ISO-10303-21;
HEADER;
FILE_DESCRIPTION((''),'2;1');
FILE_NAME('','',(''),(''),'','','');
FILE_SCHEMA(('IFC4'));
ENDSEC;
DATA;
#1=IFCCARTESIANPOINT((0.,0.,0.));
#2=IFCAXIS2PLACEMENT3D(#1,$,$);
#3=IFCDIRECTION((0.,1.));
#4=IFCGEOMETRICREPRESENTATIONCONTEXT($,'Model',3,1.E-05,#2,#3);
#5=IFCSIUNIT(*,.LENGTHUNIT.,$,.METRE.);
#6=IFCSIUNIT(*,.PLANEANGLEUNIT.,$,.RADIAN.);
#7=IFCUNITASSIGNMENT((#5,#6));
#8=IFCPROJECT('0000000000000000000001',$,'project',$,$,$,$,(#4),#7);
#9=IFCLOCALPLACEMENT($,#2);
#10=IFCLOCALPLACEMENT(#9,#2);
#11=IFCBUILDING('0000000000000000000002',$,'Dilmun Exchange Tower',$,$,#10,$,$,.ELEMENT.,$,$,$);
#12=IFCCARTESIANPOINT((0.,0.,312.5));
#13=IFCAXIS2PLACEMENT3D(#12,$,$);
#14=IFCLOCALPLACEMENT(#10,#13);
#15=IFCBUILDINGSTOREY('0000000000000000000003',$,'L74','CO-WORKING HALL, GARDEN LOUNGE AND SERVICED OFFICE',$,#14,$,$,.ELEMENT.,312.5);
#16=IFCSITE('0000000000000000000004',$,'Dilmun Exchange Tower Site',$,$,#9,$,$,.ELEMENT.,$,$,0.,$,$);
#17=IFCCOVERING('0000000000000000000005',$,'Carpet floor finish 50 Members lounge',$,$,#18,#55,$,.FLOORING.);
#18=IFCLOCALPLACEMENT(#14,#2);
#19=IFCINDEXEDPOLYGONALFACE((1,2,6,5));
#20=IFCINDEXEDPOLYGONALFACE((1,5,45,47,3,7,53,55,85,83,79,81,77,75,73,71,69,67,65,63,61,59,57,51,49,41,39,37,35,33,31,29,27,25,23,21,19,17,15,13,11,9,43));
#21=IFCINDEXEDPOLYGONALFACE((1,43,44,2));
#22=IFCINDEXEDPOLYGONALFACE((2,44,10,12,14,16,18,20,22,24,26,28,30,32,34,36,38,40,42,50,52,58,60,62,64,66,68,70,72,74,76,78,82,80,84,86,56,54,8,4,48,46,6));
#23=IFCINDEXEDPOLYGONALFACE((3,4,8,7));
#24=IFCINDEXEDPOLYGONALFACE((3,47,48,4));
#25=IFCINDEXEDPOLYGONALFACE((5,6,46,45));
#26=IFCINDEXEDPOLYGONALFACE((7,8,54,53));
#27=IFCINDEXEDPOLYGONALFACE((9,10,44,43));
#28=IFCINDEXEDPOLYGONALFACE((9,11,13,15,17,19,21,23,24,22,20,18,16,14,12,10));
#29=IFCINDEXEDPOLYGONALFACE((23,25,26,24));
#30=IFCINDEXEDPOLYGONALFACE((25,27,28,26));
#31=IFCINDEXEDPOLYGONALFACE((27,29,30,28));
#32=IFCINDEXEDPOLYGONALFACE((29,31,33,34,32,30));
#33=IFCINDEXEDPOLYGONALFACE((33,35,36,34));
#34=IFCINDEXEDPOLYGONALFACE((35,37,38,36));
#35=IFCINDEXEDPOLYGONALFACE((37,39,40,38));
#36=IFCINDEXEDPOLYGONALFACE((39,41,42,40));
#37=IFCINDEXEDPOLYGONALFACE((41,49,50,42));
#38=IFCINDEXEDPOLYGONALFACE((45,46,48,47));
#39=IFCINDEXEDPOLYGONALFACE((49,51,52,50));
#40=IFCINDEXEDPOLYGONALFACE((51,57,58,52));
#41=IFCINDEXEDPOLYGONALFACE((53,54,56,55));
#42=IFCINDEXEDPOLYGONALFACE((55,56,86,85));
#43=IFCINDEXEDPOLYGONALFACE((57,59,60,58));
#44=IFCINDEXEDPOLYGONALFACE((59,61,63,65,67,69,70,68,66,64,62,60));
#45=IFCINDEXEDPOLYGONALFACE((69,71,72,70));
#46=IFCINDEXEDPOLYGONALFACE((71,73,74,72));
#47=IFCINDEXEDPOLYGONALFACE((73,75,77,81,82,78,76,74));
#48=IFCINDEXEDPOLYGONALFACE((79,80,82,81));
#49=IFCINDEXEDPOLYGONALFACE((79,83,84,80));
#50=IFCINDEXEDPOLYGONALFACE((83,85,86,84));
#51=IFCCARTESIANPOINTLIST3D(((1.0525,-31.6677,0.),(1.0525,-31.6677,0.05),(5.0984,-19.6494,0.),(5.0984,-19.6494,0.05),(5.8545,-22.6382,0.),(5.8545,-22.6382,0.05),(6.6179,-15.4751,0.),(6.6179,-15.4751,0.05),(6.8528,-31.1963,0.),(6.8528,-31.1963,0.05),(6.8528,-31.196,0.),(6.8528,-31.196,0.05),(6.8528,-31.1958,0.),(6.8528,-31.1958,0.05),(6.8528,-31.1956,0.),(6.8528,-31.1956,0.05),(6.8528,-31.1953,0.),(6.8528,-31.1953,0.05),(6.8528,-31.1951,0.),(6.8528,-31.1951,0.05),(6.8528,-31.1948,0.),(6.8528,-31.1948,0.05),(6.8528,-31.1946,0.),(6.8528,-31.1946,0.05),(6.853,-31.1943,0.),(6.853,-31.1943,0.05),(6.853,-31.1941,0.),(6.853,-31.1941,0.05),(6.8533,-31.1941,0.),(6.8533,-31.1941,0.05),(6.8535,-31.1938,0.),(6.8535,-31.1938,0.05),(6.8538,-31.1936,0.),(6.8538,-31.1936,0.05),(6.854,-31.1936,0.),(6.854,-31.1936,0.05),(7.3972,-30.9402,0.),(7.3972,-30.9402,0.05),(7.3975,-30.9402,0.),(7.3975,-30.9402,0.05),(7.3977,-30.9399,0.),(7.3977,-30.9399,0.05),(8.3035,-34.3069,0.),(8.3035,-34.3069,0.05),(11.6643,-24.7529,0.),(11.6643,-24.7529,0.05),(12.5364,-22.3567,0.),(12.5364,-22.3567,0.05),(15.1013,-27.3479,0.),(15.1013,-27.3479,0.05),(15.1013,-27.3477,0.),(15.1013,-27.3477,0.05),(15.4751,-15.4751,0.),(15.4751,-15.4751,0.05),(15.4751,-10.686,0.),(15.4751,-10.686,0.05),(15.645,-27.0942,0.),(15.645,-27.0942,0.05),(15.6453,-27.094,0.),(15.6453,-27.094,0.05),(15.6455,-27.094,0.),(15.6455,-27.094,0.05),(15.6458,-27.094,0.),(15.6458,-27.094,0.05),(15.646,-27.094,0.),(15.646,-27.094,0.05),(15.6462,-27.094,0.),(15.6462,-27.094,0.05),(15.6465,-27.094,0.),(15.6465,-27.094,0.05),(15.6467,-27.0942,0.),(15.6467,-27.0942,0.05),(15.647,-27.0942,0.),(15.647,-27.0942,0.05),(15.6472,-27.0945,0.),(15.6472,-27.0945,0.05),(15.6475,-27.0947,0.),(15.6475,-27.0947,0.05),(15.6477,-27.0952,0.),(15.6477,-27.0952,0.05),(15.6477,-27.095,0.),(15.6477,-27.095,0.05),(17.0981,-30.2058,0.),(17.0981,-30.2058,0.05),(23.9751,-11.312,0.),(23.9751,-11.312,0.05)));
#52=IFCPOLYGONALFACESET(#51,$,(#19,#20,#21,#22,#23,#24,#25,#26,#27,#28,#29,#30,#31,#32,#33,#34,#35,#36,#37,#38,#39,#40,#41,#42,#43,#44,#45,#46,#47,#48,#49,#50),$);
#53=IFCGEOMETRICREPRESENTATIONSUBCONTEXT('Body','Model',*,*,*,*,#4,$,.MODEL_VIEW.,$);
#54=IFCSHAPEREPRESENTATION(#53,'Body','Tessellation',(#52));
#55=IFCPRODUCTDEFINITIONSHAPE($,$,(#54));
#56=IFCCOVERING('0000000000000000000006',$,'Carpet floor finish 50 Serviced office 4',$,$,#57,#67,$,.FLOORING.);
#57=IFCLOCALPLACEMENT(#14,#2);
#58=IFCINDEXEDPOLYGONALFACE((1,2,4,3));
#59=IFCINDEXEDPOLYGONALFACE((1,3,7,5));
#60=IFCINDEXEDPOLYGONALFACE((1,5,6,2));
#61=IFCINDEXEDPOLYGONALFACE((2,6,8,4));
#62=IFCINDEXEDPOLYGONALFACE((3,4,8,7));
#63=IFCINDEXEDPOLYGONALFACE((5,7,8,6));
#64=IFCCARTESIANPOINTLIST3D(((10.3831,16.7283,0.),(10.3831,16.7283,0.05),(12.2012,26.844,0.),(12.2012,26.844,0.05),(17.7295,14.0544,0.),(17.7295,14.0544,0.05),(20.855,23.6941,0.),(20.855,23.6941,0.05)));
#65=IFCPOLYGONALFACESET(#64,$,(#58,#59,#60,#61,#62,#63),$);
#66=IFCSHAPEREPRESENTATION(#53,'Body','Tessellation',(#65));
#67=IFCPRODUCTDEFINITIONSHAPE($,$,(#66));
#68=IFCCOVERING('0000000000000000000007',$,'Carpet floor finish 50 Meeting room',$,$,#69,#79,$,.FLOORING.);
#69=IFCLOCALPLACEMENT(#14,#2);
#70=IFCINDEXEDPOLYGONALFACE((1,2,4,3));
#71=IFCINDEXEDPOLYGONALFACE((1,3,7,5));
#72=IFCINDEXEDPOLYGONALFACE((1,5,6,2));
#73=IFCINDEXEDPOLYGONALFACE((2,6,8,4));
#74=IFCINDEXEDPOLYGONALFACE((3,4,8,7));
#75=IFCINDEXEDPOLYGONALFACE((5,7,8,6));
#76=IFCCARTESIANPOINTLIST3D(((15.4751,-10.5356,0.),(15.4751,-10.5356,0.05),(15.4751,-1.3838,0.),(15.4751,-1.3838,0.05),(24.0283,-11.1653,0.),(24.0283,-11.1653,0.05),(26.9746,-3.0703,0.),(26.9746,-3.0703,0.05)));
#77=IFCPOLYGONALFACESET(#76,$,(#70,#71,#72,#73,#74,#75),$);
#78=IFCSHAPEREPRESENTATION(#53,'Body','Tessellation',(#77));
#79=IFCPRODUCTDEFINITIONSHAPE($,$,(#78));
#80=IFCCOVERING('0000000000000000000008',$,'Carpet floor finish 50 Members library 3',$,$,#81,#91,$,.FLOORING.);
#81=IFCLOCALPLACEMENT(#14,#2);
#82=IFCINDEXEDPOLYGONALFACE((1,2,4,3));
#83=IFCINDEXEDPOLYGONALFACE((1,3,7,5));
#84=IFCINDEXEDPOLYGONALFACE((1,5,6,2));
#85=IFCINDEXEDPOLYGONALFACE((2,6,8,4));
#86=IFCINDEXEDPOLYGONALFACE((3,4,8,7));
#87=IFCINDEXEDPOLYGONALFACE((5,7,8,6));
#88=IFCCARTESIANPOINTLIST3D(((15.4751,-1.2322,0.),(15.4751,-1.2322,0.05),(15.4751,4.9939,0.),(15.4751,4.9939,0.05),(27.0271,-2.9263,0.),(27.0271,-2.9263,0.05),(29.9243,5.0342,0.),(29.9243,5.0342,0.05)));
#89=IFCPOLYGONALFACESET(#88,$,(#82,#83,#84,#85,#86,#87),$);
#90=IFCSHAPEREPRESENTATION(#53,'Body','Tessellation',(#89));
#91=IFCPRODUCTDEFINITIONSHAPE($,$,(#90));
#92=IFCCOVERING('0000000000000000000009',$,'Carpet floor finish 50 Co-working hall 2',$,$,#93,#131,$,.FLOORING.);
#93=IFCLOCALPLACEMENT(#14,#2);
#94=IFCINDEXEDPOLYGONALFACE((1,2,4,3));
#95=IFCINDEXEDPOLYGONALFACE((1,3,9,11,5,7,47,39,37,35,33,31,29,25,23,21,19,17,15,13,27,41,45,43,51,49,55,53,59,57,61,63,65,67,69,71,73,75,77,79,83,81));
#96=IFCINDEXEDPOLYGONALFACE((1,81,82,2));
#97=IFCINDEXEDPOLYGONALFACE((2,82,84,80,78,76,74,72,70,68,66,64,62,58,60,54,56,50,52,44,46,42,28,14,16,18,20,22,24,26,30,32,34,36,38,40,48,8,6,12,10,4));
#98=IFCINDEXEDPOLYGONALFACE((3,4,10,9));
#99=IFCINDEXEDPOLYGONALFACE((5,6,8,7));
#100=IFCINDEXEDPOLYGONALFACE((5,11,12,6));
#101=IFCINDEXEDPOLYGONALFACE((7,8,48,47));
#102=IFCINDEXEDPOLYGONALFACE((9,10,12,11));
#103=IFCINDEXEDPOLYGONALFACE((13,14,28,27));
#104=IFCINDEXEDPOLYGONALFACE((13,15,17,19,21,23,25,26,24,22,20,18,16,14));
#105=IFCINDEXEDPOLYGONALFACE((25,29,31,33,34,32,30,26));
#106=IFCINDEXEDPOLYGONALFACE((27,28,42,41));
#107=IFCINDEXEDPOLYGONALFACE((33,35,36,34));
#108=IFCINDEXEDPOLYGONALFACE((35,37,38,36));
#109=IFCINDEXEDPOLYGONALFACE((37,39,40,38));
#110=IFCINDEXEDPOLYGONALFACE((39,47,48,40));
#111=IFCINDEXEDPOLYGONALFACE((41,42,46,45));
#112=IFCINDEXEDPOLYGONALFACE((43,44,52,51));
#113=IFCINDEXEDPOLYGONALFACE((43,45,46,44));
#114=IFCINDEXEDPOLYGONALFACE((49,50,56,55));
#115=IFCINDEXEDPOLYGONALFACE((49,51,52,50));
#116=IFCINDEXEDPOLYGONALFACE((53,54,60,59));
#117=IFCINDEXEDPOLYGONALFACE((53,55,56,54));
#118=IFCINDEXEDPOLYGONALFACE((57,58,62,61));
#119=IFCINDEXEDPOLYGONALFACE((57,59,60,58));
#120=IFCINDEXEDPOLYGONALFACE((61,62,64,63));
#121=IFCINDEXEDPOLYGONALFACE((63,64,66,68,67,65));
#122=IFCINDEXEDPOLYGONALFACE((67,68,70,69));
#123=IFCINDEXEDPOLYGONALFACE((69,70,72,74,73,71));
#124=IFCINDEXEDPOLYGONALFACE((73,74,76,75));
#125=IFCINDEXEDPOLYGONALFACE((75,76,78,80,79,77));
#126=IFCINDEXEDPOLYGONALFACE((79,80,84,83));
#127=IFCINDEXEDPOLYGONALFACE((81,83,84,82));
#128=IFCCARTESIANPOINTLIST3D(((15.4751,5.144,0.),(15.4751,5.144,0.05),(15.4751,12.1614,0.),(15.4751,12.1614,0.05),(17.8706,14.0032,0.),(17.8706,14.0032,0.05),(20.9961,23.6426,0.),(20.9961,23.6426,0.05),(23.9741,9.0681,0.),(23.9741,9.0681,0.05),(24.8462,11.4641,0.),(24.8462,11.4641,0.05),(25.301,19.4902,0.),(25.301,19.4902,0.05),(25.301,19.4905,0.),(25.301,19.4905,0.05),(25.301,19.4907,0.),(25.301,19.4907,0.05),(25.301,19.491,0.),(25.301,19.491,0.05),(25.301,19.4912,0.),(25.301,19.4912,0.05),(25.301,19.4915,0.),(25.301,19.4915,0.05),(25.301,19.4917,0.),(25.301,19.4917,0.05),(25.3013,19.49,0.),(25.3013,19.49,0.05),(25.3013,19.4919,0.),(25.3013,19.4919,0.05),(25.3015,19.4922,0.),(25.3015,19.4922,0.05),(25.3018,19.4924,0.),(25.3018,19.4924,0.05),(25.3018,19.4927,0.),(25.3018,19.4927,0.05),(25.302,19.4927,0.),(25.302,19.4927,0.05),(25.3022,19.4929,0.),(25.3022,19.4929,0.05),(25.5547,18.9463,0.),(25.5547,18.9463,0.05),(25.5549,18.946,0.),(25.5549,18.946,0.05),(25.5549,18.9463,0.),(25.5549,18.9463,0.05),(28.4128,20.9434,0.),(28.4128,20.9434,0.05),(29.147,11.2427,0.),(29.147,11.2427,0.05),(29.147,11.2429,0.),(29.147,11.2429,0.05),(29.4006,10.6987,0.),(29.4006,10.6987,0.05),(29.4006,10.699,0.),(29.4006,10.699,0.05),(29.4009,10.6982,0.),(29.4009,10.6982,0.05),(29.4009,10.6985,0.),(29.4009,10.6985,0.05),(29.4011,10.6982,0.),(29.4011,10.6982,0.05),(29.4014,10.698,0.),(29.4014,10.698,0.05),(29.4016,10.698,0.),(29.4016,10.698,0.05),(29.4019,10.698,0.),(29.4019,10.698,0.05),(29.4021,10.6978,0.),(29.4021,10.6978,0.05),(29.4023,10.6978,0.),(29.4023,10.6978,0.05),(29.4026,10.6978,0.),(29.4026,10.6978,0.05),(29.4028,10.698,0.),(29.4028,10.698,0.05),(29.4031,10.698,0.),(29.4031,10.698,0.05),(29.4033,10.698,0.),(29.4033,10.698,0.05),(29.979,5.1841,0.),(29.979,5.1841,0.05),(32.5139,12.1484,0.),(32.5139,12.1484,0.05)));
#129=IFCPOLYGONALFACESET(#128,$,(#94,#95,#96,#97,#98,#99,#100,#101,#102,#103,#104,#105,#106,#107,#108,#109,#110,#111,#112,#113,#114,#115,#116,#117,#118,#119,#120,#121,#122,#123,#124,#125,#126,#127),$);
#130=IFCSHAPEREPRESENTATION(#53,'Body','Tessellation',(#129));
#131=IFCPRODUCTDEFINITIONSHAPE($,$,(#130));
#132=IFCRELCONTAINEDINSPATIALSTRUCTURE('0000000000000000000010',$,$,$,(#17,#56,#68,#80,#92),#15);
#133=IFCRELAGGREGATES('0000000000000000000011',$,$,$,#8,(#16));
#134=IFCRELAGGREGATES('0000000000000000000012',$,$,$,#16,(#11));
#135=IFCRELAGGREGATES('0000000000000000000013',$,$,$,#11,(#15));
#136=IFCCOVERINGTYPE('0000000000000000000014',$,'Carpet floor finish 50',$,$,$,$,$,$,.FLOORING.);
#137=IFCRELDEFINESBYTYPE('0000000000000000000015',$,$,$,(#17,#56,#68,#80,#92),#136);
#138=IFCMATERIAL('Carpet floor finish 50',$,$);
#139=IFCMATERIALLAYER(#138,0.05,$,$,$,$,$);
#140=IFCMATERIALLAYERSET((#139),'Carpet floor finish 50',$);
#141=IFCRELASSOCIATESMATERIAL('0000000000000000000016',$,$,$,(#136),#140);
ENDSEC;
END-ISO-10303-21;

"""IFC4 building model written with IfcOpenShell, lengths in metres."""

from ifc_helpers import new_model, si_unit, direction, frame, origin, place, context, subcontext, project, spatial, polyline, outline, extrude, material, layer, layer_set, type_object, element, save


model = new_model("IFC4")

# Units and contexts
model_context = context("Model", 3, precision=1e-05, world=origin(), true_north=direction((0.0, 1.0)))
body_context = subcontext(model_context, "Body", "Model", "MODEL_VIEW")
ifc_project = project(units=[si_unit("LENGTHUNIT", "METRE"), si_unit("PLANEANGLEUNIT", "RADIAN")], contexts=[model_context])

# Site, building, storey
site_placement = place(None, origin())
site = spatial("IfcSite", under=ifc_project, at=site_placement, Name="Dilmun Exchange Tower Site", CompositionType="ELEMENT", RefElevation=0.0)
building_placement = place(site_placement, origin())
building = spatial("IfcBuilding", under=site, at=building_placement, Name="Dilmun Exchange Tower", CompositionType="ELEMENT")
storey_placement = place(building_placement, frame((0.0, 0.0, 312.5)))
storey = spatial("IfcBuildingStorey", under=building, at=storey_placement, Name="L74", Description="CO-WORKING HALL, GARDEN LOUNGE AND SERVICED OFFICE", CompositionType="ELEMENT", Elevation=312.5)

# Coverings
ifc_material_1 = material(Name="Carpet floor finish 50")
ifc_layer_1 = layer(ifc_material_1, 0.05)
ifc_layer_set_1 = layer_set([ifc_layer_1], Name="Carpet floor finish 50")
covering_type = type_object("IfcCoveringType", Name="Carpet floor finish 50", PredefinedType="FLOORING", material=ifc_layer_set_1)
covering_1_placement = place(storey_placement, origin())
element("IfcCovering", 1, at=covering_1_placement, inside=storey, type_object=covering_type, Name="Carpet floor finish 50 Members lounge", PredefinedType="FLOORING", context=body_context, shape_type="SweptSolid", body=[
    extrude(outline(polyline([(5.8545, -22.6382), (11.6643, -24.7529), (12.5364, -22.3567), (5.0984, -19.6494), (6.6179, -15.4751), (15.4751, -15.4751), (15.4751, -10.686), (23.9751, -11.312), (17.0981, -30.2058), (15.6477, -27.0952), (15.6477, -27.095), (15.6475, -27.0947), (15.6475, -27.0947), (15.6472, -27.0945), (15.6472, -27.0945), (15.647, -27.0942), (15.6467, -27.0942), (15.6465, -27.094), (15.6465, -27.094), (15.6462, -27.094), (15.646, -27.094), (15.6458, -27.094), (15.6455, -27.094), (15.6455, -27.094), (15.6453, -27.094), (15.645, -27.0942), (15.1013, -27.3477), (15.1013, -27.3477), (15.1013, -27.3479), (7.3977, -30.9399), (7.3975, -30.9402), (7.3972, -30.9402), (7.3972, -30.9402), (6.854, -31.1936), (6.8538, -31.1936), (6.8535, -31.1938), (6.8535, -31.1938), (6.8533, -31.1941), (6.853, -31.1941), (6.853, -31.1943), (6.8528, -31.1946), (6.8528, -31.1946), (6.8528, -31.1948), (6.8528, -31.1951), (6.8528, -31.1953), (6.8528, -31.1956), (6.8528, -31.1958), (6.8528, -31.1958), (6.8528, -31.196), (6.8528, -31.1963), (8.3035, -34.3069), (1.0525, -31.6677), (5.8545, -22.6382)])), origin(), (0.0, 0.0, 1.0), 0.05),
])
covering_2_placement = place(storey_placement, origin())
element("IfcCovering", 2, at=covering_2_placement, inside=storey, type_object=covering_type, Name="Carpet floor finish 50 Serviced office 4", PredefinedType="FLOORING", context=body_context, shape_type="SweptSolid", body=[
    extrude(outline(polyline([(10.3831, 16.7283), (12.2012, 26.844), (20.855, 23.6941), (17.7295, 14.0544), (10.3831, 16.7283)])), origin(), (0.0, 0.0, 1.0), 0.05),
])
covering_3_placement = place(storey_placement, origin())
element("IfcCovering", 3, at=covering_3_placement, inside=storey, type_object=covering_type, Name="Carpet floor finish 50 Meeting room", PredefinedType="FLOORING", context=body_context, shape_type="SweptSolid", body=[
    extrude(outline(polyline([(15.4751, -1.3838), (26.9746, -3.0703), (24.0283, -11.1653), (15.4751, -10.5356), (15.4751, -1.3838)])), origin(), (0.0, 0.0, 1.0), 0.05),
])
covering_4_placement = place(storey_placement, origin())
element("IfcCovering", 4, at=covering_4_placement, inside=storey, type_object=covering_type, Name="Carpet floor finish 50 Members library 3", PredefinedType="FLOORING", context=body_context, shape_type="SweptSolid", body=[
    extrude(outline(polyline([(29.9243, 5.0342), (27.0271, -2.9263), (15.4751, -1.2322), (15.4751, 4.9939), (29.9243, 5.0342)])), origin(), (0.0, 0.0, 1.0), 0.05),
])
covering_5_placement = place(storey_placement, origin())
element("IfcCovering", 5, at=covering_5_placement, inside=storey, type_object=covering_type, Name="Carpet floor finish 50 Co-working hall 2", PredefinedType="FLOORING", context=body_context, shape_type="SweptSolid", body=[
    extrude(outline(polyline([(15.4751, 5.144), (15.4751, 12.1614), (23.9741, 9.0681), (24.8462, 11.4641), (17.8706, 14.0032), (20.9961, 23.6426), (28.4128, 20.9434), (25.3022, 19.4929), (25.302, 19.4927), (25.3018, 19.4927), (25.3018, 19.4924), (25.3015, 19.4922), (25.3015, 19.4922), (25.3013, 19.4919), (25.3013, 19.4919), (25.301, 19.4917), (25.301, 19.4915), (25.301, 19.4912), (25.301, 19.4912), (25.301, 19.491), (25.301, 19.4907), (25.301, 19.4905), (25.301, 19.4902), (25.3013, 19.49), (25.5547, 18.9463), (25.5549, 18.9463), (25.5549, 18.946), (29.147, 11.2429), (29.147, 11.2427), (29.4006, 10.699), (29.4006, 10.6987), (29.4009, 10.6985), (29.4009, 10.6985), (29.4009, 10.6982), (29.4011, 10.6982), (29.4014, 10.698), (29.4016, 10.698), (29.4016, 10.698), (29.4019, 10.698), (29.4021, 10.6978), (29.4023, 10.6978), (29.4026, 10.6978), (29.4026, 10.6978), (29.4028, 10.698), (29.4031, 10.698), (29.4033, 10.698), (32.5139, 12.1484), (29.979, 5.1841), (15.4751, 5.144)])), origin(), (0.0, 0.0, 1.0), 0.05),
])

save(model, "model.ifc")
